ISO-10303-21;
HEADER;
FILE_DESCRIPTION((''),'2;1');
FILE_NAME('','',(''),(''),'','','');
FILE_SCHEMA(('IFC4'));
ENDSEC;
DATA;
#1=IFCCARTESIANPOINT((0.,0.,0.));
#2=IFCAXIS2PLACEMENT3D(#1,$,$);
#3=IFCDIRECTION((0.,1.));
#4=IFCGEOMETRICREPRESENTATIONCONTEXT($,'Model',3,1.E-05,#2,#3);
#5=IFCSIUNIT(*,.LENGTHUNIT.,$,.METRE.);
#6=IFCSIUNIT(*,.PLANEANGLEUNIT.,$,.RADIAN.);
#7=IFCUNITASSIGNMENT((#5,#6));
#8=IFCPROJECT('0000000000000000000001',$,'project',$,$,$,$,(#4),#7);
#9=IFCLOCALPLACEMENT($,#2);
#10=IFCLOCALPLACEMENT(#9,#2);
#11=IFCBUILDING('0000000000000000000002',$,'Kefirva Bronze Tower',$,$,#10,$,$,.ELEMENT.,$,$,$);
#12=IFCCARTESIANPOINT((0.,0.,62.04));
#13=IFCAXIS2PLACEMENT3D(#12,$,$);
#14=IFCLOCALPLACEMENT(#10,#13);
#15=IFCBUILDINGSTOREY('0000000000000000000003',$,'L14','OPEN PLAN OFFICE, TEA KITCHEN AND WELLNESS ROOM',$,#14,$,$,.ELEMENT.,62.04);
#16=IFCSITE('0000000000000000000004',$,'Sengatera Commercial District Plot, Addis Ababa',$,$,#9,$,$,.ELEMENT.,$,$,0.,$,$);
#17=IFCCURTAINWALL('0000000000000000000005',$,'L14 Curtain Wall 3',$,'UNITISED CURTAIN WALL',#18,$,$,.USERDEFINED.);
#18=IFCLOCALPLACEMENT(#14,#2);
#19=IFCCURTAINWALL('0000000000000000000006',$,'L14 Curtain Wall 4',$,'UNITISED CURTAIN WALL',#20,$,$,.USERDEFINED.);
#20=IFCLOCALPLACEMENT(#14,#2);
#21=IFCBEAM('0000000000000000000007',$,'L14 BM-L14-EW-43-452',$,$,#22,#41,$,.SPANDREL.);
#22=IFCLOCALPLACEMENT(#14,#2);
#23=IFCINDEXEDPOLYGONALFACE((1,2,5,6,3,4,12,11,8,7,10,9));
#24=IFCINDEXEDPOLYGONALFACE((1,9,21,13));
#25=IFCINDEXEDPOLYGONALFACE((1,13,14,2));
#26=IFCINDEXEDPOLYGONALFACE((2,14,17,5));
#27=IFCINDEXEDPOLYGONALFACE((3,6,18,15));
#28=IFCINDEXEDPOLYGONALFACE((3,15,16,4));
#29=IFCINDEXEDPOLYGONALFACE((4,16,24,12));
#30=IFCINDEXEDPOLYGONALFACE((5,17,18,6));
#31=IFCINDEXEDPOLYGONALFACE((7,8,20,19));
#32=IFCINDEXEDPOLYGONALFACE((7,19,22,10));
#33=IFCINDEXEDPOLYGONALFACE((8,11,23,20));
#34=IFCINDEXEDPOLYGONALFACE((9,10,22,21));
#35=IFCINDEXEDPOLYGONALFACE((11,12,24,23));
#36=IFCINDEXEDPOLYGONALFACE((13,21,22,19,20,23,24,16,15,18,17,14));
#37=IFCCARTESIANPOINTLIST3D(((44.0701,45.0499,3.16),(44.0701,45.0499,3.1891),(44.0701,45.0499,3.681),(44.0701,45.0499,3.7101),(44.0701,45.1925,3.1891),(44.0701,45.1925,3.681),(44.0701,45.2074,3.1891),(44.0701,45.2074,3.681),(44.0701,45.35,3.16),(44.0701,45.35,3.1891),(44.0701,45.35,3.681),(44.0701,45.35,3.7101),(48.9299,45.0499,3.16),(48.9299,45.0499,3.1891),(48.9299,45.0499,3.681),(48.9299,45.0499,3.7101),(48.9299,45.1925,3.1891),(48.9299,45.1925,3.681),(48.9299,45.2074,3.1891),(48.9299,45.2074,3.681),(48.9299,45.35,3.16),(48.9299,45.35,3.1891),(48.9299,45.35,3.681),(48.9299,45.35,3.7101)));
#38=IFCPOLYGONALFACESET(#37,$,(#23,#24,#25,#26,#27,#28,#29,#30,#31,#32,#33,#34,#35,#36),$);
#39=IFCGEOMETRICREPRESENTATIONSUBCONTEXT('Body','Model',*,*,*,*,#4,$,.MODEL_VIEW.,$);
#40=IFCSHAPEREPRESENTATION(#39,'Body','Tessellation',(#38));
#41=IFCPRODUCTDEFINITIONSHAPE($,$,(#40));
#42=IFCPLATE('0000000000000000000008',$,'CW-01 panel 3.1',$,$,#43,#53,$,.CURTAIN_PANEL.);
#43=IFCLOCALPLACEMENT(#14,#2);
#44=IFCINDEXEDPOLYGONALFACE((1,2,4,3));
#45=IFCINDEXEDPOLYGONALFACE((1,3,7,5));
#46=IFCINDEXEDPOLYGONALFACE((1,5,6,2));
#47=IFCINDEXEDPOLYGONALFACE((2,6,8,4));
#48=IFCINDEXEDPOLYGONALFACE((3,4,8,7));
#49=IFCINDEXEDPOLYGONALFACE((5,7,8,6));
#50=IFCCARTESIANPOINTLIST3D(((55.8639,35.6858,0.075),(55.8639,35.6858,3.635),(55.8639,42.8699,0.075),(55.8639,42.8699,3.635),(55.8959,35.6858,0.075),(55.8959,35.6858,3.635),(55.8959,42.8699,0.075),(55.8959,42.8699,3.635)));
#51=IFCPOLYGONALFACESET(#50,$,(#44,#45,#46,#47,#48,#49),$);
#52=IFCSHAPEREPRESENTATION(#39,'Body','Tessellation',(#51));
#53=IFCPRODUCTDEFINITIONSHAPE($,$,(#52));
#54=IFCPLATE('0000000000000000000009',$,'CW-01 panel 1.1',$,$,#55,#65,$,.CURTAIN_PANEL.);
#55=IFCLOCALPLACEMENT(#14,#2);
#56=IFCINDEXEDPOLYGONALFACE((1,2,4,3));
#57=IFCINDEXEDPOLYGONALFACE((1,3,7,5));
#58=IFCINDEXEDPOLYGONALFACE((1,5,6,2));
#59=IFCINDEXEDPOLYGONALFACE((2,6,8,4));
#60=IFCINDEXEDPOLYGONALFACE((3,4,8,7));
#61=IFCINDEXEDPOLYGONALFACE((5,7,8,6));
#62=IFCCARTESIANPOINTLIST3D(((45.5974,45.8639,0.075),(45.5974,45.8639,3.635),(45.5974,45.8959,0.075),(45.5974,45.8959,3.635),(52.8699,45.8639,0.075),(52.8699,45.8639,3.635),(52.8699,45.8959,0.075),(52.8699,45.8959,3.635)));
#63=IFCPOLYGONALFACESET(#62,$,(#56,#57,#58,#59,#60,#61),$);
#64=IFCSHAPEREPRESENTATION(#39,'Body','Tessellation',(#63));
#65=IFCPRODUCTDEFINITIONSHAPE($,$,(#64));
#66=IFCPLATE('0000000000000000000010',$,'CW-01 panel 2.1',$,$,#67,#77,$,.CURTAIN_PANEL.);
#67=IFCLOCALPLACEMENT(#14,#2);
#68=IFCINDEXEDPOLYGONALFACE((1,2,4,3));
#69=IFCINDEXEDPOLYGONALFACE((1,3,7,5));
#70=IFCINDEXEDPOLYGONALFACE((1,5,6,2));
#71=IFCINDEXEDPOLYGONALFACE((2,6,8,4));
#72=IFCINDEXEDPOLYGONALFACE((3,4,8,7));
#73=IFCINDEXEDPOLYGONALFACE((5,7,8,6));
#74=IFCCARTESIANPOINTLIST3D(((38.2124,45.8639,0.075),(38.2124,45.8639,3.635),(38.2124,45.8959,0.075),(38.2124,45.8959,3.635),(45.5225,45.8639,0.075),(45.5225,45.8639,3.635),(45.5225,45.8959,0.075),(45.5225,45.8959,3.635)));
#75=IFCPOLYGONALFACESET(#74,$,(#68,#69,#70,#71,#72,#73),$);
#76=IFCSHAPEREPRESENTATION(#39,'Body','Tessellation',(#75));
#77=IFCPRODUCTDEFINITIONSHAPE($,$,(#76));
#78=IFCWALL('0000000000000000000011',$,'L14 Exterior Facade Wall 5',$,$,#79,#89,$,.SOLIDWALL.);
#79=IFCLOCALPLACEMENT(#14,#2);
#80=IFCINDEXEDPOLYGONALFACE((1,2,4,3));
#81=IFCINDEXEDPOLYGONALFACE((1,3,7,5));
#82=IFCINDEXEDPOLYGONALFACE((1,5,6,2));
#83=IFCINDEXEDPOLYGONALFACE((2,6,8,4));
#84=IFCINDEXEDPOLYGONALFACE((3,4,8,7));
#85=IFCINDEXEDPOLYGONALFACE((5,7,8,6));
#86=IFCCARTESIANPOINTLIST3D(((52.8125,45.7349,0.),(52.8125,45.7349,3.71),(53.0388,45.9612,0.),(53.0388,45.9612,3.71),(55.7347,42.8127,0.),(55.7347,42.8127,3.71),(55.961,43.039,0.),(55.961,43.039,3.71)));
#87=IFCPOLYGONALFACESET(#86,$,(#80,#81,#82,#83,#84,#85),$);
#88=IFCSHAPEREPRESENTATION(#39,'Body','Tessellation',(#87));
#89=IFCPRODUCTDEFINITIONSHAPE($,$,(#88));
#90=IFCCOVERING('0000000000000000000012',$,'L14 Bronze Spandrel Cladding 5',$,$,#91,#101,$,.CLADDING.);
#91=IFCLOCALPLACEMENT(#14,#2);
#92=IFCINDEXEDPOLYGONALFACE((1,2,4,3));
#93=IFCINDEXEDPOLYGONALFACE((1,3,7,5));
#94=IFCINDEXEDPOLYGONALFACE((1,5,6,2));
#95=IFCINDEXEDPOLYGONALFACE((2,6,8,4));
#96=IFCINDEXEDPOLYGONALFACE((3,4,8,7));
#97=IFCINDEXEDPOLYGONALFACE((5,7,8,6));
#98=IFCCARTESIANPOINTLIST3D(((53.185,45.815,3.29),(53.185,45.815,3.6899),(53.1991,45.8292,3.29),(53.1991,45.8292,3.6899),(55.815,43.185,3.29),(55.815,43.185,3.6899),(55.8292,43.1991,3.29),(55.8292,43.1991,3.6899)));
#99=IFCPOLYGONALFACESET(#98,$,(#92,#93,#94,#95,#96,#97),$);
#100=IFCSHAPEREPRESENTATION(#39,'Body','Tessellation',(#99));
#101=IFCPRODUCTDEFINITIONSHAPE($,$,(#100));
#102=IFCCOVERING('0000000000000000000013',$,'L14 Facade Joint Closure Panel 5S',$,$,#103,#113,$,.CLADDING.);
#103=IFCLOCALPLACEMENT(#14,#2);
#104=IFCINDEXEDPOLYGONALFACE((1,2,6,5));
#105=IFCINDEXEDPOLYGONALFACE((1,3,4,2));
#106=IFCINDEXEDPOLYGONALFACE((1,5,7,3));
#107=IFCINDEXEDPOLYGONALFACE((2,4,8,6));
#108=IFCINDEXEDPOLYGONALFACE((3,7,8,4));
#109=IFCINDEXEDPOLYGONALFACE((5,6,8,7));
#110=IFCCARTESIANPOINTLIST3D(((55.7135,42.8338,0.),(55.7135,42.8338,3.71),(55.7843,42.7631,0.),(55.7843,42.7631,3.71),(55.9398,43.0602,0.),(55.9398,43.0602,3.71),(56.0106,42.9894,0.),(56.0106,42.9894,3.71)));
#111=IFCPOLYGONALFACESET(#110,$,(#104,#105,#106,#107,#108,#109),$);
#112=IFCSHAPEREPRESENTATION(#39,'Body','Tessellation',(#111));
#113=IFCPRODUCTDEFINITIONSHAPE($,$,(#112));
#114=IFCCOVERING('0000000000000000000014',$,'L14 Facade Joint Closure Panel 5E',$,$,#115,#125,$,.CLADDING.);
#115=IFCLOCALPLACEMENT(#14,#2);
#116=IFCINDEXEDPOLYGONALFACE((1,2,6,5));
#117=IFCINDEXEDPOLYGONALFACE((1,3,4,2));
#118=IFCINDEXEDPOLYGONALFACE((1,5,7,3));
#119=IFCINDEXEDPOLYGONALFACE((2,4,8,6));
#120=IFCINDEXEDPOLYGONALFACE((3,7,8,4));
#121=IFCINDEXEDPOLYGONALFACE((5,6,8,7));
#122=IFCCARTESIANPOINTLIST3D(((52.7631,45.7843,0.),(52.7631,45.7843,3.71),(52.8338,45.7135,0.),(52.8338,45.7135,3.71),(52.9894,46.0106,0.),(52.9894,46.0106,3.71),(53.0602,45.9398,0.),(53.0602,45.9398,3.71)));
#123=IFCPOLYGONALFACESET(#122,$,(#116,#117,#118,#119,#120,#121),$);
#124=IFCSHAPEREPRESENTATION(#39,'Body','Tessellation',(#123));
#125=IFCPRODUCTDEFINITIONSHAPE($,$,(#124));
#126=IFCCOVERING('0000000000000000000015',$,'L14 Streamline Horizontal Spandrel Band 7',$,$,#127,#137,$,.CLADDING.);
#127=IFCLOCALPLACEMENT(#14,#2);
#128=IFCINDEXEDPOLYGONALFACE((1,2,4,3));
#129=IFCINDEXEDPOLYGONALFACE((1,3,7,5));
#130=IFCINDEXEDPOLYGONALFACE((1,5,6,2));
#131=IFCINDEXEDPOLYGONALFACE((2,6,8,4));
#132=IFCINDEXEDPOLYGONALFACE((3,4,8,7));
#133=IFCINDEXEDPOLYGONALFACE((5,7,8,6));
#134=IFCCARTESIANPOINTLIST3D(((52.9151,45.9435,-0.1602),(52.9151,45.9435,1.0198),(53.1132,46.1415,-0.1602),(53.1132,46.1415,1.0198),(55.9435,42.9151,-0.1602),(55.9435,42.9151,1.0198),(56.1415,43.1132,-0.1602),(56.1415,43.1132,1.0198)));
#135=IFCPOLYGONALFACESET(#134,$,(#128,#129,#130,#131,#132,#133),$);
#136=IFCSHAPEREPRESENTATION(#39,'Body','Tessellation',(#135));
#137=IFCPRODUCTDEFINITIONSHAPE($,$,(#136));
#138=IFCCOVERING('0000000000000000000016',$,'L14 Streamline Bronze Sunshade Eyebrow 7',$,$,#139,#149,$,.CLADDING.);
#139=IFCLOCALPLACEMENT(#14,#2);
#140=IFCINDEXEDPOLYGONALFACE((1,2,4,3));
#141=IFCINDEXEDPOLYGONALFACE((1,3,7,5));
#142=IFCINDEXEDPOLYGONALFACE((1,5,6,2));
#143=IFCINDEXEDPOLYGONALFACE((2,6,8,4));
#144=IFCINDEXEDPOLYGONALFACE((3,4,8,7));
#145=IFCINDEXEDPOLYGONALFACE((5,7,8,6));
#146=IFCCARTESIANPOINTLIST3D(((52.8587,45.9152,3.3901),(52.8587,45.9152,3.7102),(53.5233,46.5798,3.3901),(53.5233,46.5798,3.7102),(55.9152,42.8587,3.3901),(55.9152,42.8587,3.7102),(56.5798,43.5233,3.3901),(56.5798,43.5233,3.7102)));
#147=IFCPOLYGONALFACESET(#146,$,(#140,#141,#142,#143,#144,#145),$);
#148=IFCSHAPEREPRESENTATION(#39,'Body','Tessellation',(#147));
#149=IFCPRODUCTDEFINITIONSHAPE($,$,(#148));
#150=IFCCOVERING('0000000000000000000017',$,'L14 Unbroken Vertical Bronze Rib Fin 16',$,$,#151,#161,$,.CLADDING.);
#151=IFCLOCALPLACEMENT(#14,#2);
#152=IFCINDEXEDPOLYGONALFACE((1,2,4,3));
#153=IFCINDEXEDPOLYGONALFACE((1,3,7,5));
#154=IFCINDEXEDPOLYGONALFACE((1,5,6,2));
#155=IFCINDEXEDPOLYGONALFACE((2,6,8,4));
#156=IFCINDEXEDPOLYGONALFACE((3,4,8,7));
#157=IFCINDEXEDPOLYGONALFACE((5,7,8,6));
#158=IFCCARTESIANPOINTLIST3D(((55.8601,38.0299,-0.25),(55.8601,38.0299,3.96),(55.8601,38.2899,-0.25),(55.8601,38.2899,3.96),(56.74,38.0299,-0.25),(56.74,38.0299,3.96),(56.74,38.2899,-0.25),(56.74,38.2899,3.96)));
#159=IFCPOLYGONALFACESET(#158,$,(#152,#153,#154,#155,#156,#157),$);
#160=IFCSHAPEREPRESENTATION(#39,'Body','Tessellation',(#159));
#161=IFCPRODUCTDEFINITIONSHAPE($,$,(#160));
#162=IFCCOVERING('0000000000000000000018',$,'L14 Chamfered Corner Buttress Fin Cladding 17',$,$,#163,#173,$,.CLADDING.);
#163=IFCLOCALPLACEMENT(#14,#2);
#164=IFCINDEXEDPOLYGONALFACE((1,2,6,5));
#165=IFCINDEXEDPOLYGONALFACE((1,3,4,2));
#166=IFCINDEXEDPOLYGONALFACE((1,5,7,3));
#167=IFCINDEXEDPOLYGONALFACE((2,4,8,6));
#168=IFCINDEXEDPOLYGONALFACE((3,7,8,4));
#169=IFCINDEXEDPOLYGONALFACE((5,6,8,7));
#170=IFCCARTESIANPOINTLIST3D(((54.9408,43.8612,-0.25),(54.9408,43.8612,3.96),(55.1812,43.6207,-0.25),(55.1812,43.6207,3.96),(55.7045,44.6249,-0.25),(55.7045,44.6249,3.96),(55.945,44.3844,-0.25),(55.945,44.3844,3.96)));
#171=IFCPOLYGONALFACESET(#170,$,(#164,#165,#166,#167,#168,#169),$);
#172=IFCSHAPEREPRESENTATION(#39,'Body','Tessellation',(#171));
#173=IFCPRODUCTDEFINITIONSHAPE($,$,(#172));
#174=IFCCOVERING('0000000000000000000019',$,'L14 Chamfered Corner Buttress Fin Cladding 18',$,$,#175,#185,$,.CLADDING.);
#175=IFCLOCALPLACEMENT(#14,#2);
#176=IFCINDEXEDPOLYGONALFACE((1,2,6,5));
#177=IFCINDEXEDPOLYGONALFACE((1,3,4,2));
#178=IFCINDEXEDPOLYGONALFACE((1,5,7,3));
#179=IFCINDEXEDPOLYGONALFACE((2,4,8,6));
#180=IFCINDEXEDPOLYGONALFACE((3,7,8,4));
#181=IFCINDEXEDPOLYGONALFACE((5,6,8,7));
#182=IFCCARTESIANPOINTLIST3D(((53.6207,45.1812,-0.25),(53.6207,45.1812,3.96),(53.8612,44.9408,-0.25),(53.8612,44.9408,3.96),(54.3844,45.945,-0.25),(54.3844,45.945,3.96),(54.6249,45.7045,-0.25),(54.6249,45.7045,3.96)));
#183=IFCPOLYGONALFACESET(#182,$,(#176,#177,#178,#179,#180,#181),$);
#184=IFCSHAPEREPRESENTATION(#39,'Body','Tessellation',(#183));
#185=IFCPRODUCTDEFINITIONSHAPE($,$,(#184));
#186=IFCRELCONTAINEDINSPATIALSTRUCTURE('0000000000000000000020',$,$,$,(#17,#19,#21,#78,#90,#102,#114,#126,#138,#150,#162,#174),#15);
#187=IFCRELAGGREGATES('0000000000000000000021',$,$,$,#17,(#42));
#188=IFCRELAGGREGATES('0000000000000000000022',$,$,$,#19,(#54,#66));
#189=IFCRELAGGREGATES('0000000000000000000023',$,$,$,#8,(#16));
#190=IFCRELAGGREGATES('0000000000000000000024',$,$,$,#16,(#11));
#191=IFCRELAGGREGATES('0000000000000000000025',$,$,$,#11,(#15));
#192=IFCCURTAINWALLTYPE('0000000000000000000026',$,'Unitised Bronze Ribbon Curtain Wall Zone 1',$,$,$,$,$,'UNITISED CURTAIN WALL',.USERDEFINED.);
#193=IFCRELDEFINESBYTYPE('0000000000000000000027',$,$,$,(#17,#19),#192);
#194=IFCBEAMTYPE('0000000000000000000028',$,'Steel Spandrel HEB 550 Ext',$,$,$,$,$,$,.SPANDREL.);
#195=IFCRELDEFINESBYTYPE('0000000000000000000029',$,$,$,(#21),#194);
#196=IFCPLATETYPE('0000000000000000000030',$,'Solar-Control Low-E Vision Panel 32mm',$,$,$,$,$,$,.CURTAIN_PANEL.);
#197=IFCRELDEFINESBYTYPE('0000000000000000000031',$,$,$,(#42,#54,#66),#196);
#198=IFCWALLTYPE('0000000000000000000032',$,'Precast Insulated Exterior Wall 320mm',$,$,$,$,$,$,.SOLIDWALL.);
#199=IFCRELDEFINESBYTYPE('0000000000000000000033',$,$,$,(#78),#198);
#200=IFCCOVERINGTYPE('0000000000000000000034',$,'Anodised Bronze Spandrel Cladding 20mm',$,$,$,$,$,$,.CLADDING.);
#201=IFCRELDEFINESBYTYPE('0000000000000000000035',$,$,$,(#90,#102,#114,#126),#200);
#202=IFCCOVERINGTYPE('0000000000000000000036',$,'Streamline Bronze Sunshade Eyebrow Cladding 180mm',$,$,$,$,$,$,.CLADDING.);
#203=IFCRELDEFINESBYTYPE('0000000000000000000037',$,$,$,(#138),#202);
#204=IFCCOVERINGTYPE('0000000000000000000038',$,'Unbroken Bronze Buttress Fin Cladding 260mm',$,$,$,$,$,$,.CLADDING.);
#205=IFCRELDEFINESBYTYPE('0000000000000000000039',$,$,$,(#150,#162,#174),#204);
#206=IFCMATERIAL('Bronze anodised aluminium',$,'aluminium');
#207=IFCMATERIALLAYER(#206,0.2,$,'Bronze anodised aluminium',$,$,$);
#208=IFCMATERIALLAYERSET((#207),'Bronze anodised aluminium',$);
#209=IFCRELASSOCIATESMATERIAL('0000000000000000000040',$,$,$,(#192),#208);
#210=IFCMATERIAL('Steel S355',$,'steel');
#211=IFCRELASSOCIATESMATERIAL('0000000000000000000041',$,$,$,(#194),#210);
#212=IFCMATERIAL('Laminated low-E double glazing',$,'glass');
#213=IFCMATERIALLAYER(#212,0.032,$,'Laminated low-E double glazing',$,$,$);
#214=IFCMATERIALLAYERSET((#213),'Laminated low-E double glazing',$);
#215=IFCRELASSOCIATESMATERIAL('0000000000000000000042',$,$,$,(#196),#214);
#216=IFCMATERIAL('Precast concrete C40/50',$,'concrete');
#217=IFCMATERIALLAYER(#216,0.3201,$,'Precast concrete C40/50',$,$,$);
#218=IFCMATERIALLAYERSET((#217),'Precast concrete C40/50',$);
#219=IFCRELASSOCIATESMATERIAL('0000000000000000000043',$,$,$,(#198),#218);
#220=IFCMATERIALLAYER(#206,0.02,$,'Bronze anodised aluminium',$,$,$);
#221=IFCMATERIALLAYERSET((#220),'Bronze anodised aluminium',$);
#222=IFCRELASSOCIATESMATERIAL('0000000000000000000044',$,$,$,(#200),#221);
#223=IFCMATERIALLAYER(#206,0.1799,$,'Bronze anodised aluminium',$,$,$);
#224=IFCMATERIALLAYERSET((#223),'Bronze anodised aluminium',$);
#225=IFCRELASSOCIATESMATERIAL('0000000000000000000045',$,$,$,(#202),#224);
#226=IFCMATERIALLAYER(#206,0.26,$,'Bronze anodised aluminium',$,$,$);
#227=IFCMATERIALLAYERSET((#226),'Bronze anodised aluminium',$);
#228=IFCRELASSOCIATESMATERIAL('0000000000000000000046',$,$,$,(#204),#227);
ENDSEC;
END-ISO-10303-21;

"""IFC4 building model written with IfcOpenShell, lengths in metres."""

from ifc_helpers import new_model, si_unit, direction, frame, frame_2d, origin, origin_2d, place, context, subcontext, project, spatial, rectangle, i_section, extrude, material, layer, layer_set, material_profile, profile_set, type_object, element, aggregate, save


model = new_model("IFC4")

# Units and contexts
model_context = context("Model", 3, precision=1e-05, world=origin(), true_north=direction((0.0, 1.0)))
body_context = subcontext(model_context, "Body", "Model", "MODEL_VIEW")
ifc_project = project(units=[si_unit("LENGTHUNIT", "METRE"), si_unit("PLANEANGLEUNIT", "RADIAN")], contexts=[model_context])

# Site, building, storey
site_placement = place(None, origin())
site = spatial("IfcSite", under=ifc_project, at=site_placement, Name="Sengatera Commercial District Plot, Addis Ababa", CompositionType="ELEMENT", RefElevation=0.0)
building_placement = place(site_placement, origin())
building = spatial("IfcBuilding", under=site, at=building_placement, Name="Kefirva Bronze Tower", CompositionType="ELEMENT")
storey_placement = place(building_placement, frame((0.0, 0.0, 62.04)))
storey = spatial("IfcBuildingStorey", under=building, at=storey_placement, Name="L14", Description="OPEN PLAN OFFICE, TEA KITCHEN AND WELLNESS ROOM", CompositionType="ELEMENT", Elevation=62.04)

# Curtain wall
ifc_material_1 = material(Name="Bronze anodised aluminium", Category="aluminium")
ifc_layer_1 = layer(ifc_material_1, 0.2, Name="Bronze anodised aluminium")
ifc_layer_set_1 = layer_set([ifc_layer_1], Name="Bronze anodised aluminium")
curtain_wall_type = type_object("IfcCurtainWallType", Name="Unitised Bronze Ribbon Curtain Wall Zone 1", ElementType="UNITISED CURTAIN WALL", PredefinedType="USERDEFINED", material=ifc_layer_set_1)
curtain_wall_1_placement = place(storey_placement, origin())
curtain_wall_1 = element("IfcCurtainWall", 1, at=curtain_wall_1_placement, inside=storey, type_object=curtain_wall_type, Name="L14 Curtain Wall 3", ObjectType="UNITISED CURTAIN WALL", PredefinedType="USERDEFINED")

# Curtain wall
curtain_wall_2_placement = place(storey_placement, origin())
curtain_wall_2 = element("IfcCurtainWall", 2, at=curtain_wall_2_placement, inside=storey, type_object=curtain_wall_type, Name="L14 Curtain Wall 4", ObjectType="UNITISED CURTAIN WALL", PredefinedType="USERDEFINED")

# Beam
ifc_material_2 = material(Name="Steel S355", Category="steel")
ifc_material_profile_1 = material_profile(ifc_material_2, i_section(OverallWidth=0.3, OverallDepth=0.55, WebThickness=0.0149, FlangeThickness=0.0291, at=origin_2d()), Name="HEB 550")
ifc_profile_set_1 = profile_set([ifc_material_profile_1], Name="Steel S355")
beam_type_1 = type_object("IfcBeamType", Name="Steel Spandrel HEB 550 Ext", PredefinedType="SPANDREL", material=ifc_profile_set_1)
beam_1_placement = place(storey_placement, frame((44.0701, 45.2, 3.4351), z_axis=(1.0, 0.0, 0.0), x_axis=(0.0, 1.0, 0.0)))
element("IfcBeam", 3, at=beam_1_placement, inside=storey, type_object=beam_type_1, Name="L14 BM-L14-EW-43-452", PredefinedType="SPANDREL", context=body_context, shape_type="SweptSolid", body=[
    extrude(i_section(OverallWidth=0.3, OverallDepth=0.55, WebThickness=0.0149, FlangeThickness=0.0291, at=origin_2d()), origin(), (0.0, 0.0, 1.0), 4.8599),
])

# Plates
ifc_material_3 = material(Name="Laminated low-E double glazing", Category="glass")
ifc_layer_2 = layer(ifc_material_3, 0.032, Name="Laminated low-E double glazing")
ifc_layer_set_2 = layer_set([ifc_layer_2], Name="Laminated low-E double glazing")
plate_type = type_object("IfcPlateType", Name="Solar-Control Low-E Vision Panel 32mm", PredefinedType="CURTAIN_PANEL", material=ifc_layer_set_2)
plate_1_placement = place(storey_placement, frame((55.8799, 39.2778, 0.075), z_axis=(0.0, 0.0, 1.0), x_axis=(0.0, 1.0, 0.0)))
plate_1 = element("IfcPlate", 4, at=plate_1_placement, type_object=plate_type, Name="CW-01 panel 3.1", PredefinedType="CURTAIN_PANEL", context=body_context, shape_type="SweptSolid", body=[
    extrude(rectangle(XDim=7.1841, YDim=0.032, at=origin_2d()), origin(), (0.0, 0.0, 1.0), 3.5601),
])
aggregate(curtain_wall_1, [plate_1])
plate_2_placement = place(storey_placement, frame((49.2336, 45.8799, 0.075), z_axis=(0.0, 0.0, 1.0), x_axis=(-1.0, 0.0, 0.0)))
plate_2 = element("IfcPlate", 5, at=plate_2_placement, type_object=plate_type, Name="CW-01 panel 1.1", PredefinedType="CURTAIN_PANEL", context=body_context, shape_type="SweptSolid", body=[
    extrude(rectangle(XDim=7.2725, YDim=0.032, at=origin_2d()), origin(), (0.0, 0.0, 1.0), 3.5601),
])
plate_3_placement = place(storey_placement, frame((41.8674, 45.8799, 0.075), z_axis=(0.0, 0.0, 1.0), x_axis=(-1.0, 0.0, 0.0)))
plate_3 = element("IfcPlate", 6, at=plate_3_placement, type_object=plate_type, Name="CW-01 panel 2.1", PredefinedType="CURTAIN_PANEL", context=body_context, shape_type="SweptSolid", body=[
    extrude(rectangle(XDim=7.3101, YDim=0.032, at=origin_2d()), origin(), (0.0, 0.0, 1.0), 3.5601),
])
aggregate(curtain_wall_2, [plate_2, plate_3])

# Wall
ifc_material_4 = material(Name="Precast concrete C40/50", Category="concrete")
ifc_layer_3 = layer(ifc_material_4, 0.3201, Name="Precast concrete C40/50")
ifc_layer_set_3 = layer_set([ifc_layer_3], Name="Precast concrete C40/50")
wall_type = type_object("IfcWallType", Name="Precast Insulated Exterior Wall 320mm", PredefinedType="SOLIDWALL", material=ifc_layer_set_3)
wall_placement = place(storey_placement, frame((55.8479, 42.9258, 0.0), z_axis=(0.0, 0.0, 1.0), x_axis=(-0.707107, 0.707107, 0.0)))
element("IfcWall", 7, at=wall_placement, inside=storey, type_object=wall_type, Name="L14 Exterior Facade Wall 5", PredefinedType="SOLIDWALL", context=body_context, shape_type="SweptSolid", body=[
    extrude(rectangle(XDim=4.1326, YDim=0.3201, at=frame_2d((2.0664, 0.0))), origin(), (0.0, 0.0, 1.0), 3.71),
])

# Coverings
ifc_layer_4 = layer(ifc_material_1, 0.02, Name="Bronze anodised aluminium")
ifc_layer_set_4 = layer_set([ifc_layer_4], Name="Bronze anodised aluminium")
covering_type_1 = type_object("IfcCoveringType", Name="Anodised Bronze Spandrel Cladding 20mm", PredefinedType="CLADDING", material=ifc_layer_set_4)
covering_1_placement = place(storey_placement, frame((54.5071, 44.5071, 3.29), z_axis=(0.0, 0.0, 1.0), x_axis=(-0.707107, 0.707107, 0.0)))
element("IfcCovering", 8, at=covering_1_placement, inside=storey, type_object=covering_type_1, Name="L14 Bronze Spandrel Cladding 5", PredefinedType="CLADDING", context=body_context, shape_type="SweptSolid", body=[
    extrude(rectangle(XDim=3.7195, YDim=0.02, at=origin_2d()), origin(), (0.0, 0.0, 1.0), 0.3999),
])
for number, where, z_axis, x_axis, name in (
    (9, (55.8621, 42.9116, 0.0), (0.0, 0.0, 1.0), (-0.707107, 0.707107, 0.0), "L14 Facade Joint Closure Panel 5S"),
    (10, (52.9116, 45.8621, 0.0), (0.0, 0.0, 1.0), (-0.707107, 0.707107, 0.0), "L14 Facade Joint Closure Panel 5E"),
):
    element("IfcCovering", number, at=place(storey_placement, frame(where, z_axis=z_axis, x_axis=x_axis)), inside=storey, type_object=covering_type_1, Name=name, PredefinedType="CLADDING", context=body_context, shape_type="SweptSolid", body=[
        extrude(rectangle(XDim=0.1001, YDim=0.3201, at=origin_2d()), origin(), (0.0, 0.0, 1.0), 3.71),
    ])
covering_2_placement = place(storey_placement, frame((54.5283, 44.5283, -0.1602), z_axis=(0.0, 0.0, 1.0), x_axis=(-0.707107, 0.707107, 0.0)))
element("IfcCovering", 11, at=covering_2_placement, inside=storey, type_object=covering_type_1, Name="L14 Streamline Horizontal Spandrel Band 7", PredefinedType="CLADDING", context=body_context, shape_type="SweptSolid", body=[
    extrude(rectangle(XDim=4.2827, YDim=0.28, at=origin_2d()), origin(), (0.0, 0.0, 1.0), 1.1799),
])
ifc_layer_5 = layer(ifc_material_1, 0.1799, Name="Bronze anodised aluminium")
ifc_layer_set_5 = layer_set([ifc_layer_5], Name="Bronze anodised aluminium")
covering_type_2 = type_object("IfcCoveringType", Name="Streamline Bronze Sunshade Eyebrow Cladding 180mm", PredefinedType="CLADDING", material=ifc_layer_set_5)
covering_3_placement = place(storey_placement, frame((54.7192, 44.7192, 3.3901), z_axis=(0.0, 0.0, 1.0), x_axis=(-0.707107, 0.707107, 0.0)))
element("IfcCovering", 12, at=covering_3_placement, inside=storey, type_object=covering_type_2, Name="L14 Streamline Bronze Sunshade Eyebrow 7", PredefinedType="CLADDING", context=body_context, shape_type="SweptSolid", body=[
    extrude(rectangle(XDim=4.3225, YDim=0.9399, at=origin_2d()), origin(), (0.0, 0.0, 1.0), 0.3201),
])
ifc_layer_6 = layer(ifc_material_1, 0.26, Name="Bronze anodised aluminium")
ifc_layer_set_6 = layer_set([ifc_layer_6], Name="Bronze anodised aluminium")
covering_type_3 = type_object("IfcCoveringType", Name="Unbroken Bronze Buttress Fin Cladding 260mm", PredefinedType="CLADDING", material=ifc_layer_set_6)
covering_4_placement = place(storey_placement, frame((56.3, 38.1599, -0.25), z_axis=(0.0, 0.0, 1.0), x_axis=(0.0, 1.0, 0.0)))
element("IfcCovering", 13, at=covering_4_placement, inside=storey, type_object=covering_type_3, Name="L14 Unbroken Vertical Bronze Rib Fin 16", PredefinedType="CLADDING", context=body_context, shape_type="SweptSolid", body=[
    extrude(rectangle(XDim=0.26, YDim=0.8799, at=origin_2d()), origin(), (0.0, 0.0, 1.0), 4.21),
])
for number, where, z_axis, x_axis, name in (
    (14, (55.4429, 44.1228, -0.25), (0.0, 0.0, 1.0), (-0.707107, 0.707107, 0.0), "L14 Chamfered Corner Buttress Fin Cladding 17"),
    (15, (54.1228, 45.4429, -0.25), (0.0, 0.0, 1.0), (-0.707107, 0.707107, 0.0), "L14 Chamfered Corner Buttress Fin Cladding 18"),
):
    element("IfcCovering", number, at=place(storey_placement, frame(where, z_axis=z_axis, x_axis=x_axis)), inside=storey, type_object=covering_type_3, Name=name, PredefinedType="CLADDING", context=body_context, shape_type="SweptSolid", body=[
        extrude(rectangle(XDim=0.3401, YDim=1.0801, at=origin_2d()), origin(), (0.0, 0.0, 1.0), 4.21),
    ])

save(model, "model.ifc")
